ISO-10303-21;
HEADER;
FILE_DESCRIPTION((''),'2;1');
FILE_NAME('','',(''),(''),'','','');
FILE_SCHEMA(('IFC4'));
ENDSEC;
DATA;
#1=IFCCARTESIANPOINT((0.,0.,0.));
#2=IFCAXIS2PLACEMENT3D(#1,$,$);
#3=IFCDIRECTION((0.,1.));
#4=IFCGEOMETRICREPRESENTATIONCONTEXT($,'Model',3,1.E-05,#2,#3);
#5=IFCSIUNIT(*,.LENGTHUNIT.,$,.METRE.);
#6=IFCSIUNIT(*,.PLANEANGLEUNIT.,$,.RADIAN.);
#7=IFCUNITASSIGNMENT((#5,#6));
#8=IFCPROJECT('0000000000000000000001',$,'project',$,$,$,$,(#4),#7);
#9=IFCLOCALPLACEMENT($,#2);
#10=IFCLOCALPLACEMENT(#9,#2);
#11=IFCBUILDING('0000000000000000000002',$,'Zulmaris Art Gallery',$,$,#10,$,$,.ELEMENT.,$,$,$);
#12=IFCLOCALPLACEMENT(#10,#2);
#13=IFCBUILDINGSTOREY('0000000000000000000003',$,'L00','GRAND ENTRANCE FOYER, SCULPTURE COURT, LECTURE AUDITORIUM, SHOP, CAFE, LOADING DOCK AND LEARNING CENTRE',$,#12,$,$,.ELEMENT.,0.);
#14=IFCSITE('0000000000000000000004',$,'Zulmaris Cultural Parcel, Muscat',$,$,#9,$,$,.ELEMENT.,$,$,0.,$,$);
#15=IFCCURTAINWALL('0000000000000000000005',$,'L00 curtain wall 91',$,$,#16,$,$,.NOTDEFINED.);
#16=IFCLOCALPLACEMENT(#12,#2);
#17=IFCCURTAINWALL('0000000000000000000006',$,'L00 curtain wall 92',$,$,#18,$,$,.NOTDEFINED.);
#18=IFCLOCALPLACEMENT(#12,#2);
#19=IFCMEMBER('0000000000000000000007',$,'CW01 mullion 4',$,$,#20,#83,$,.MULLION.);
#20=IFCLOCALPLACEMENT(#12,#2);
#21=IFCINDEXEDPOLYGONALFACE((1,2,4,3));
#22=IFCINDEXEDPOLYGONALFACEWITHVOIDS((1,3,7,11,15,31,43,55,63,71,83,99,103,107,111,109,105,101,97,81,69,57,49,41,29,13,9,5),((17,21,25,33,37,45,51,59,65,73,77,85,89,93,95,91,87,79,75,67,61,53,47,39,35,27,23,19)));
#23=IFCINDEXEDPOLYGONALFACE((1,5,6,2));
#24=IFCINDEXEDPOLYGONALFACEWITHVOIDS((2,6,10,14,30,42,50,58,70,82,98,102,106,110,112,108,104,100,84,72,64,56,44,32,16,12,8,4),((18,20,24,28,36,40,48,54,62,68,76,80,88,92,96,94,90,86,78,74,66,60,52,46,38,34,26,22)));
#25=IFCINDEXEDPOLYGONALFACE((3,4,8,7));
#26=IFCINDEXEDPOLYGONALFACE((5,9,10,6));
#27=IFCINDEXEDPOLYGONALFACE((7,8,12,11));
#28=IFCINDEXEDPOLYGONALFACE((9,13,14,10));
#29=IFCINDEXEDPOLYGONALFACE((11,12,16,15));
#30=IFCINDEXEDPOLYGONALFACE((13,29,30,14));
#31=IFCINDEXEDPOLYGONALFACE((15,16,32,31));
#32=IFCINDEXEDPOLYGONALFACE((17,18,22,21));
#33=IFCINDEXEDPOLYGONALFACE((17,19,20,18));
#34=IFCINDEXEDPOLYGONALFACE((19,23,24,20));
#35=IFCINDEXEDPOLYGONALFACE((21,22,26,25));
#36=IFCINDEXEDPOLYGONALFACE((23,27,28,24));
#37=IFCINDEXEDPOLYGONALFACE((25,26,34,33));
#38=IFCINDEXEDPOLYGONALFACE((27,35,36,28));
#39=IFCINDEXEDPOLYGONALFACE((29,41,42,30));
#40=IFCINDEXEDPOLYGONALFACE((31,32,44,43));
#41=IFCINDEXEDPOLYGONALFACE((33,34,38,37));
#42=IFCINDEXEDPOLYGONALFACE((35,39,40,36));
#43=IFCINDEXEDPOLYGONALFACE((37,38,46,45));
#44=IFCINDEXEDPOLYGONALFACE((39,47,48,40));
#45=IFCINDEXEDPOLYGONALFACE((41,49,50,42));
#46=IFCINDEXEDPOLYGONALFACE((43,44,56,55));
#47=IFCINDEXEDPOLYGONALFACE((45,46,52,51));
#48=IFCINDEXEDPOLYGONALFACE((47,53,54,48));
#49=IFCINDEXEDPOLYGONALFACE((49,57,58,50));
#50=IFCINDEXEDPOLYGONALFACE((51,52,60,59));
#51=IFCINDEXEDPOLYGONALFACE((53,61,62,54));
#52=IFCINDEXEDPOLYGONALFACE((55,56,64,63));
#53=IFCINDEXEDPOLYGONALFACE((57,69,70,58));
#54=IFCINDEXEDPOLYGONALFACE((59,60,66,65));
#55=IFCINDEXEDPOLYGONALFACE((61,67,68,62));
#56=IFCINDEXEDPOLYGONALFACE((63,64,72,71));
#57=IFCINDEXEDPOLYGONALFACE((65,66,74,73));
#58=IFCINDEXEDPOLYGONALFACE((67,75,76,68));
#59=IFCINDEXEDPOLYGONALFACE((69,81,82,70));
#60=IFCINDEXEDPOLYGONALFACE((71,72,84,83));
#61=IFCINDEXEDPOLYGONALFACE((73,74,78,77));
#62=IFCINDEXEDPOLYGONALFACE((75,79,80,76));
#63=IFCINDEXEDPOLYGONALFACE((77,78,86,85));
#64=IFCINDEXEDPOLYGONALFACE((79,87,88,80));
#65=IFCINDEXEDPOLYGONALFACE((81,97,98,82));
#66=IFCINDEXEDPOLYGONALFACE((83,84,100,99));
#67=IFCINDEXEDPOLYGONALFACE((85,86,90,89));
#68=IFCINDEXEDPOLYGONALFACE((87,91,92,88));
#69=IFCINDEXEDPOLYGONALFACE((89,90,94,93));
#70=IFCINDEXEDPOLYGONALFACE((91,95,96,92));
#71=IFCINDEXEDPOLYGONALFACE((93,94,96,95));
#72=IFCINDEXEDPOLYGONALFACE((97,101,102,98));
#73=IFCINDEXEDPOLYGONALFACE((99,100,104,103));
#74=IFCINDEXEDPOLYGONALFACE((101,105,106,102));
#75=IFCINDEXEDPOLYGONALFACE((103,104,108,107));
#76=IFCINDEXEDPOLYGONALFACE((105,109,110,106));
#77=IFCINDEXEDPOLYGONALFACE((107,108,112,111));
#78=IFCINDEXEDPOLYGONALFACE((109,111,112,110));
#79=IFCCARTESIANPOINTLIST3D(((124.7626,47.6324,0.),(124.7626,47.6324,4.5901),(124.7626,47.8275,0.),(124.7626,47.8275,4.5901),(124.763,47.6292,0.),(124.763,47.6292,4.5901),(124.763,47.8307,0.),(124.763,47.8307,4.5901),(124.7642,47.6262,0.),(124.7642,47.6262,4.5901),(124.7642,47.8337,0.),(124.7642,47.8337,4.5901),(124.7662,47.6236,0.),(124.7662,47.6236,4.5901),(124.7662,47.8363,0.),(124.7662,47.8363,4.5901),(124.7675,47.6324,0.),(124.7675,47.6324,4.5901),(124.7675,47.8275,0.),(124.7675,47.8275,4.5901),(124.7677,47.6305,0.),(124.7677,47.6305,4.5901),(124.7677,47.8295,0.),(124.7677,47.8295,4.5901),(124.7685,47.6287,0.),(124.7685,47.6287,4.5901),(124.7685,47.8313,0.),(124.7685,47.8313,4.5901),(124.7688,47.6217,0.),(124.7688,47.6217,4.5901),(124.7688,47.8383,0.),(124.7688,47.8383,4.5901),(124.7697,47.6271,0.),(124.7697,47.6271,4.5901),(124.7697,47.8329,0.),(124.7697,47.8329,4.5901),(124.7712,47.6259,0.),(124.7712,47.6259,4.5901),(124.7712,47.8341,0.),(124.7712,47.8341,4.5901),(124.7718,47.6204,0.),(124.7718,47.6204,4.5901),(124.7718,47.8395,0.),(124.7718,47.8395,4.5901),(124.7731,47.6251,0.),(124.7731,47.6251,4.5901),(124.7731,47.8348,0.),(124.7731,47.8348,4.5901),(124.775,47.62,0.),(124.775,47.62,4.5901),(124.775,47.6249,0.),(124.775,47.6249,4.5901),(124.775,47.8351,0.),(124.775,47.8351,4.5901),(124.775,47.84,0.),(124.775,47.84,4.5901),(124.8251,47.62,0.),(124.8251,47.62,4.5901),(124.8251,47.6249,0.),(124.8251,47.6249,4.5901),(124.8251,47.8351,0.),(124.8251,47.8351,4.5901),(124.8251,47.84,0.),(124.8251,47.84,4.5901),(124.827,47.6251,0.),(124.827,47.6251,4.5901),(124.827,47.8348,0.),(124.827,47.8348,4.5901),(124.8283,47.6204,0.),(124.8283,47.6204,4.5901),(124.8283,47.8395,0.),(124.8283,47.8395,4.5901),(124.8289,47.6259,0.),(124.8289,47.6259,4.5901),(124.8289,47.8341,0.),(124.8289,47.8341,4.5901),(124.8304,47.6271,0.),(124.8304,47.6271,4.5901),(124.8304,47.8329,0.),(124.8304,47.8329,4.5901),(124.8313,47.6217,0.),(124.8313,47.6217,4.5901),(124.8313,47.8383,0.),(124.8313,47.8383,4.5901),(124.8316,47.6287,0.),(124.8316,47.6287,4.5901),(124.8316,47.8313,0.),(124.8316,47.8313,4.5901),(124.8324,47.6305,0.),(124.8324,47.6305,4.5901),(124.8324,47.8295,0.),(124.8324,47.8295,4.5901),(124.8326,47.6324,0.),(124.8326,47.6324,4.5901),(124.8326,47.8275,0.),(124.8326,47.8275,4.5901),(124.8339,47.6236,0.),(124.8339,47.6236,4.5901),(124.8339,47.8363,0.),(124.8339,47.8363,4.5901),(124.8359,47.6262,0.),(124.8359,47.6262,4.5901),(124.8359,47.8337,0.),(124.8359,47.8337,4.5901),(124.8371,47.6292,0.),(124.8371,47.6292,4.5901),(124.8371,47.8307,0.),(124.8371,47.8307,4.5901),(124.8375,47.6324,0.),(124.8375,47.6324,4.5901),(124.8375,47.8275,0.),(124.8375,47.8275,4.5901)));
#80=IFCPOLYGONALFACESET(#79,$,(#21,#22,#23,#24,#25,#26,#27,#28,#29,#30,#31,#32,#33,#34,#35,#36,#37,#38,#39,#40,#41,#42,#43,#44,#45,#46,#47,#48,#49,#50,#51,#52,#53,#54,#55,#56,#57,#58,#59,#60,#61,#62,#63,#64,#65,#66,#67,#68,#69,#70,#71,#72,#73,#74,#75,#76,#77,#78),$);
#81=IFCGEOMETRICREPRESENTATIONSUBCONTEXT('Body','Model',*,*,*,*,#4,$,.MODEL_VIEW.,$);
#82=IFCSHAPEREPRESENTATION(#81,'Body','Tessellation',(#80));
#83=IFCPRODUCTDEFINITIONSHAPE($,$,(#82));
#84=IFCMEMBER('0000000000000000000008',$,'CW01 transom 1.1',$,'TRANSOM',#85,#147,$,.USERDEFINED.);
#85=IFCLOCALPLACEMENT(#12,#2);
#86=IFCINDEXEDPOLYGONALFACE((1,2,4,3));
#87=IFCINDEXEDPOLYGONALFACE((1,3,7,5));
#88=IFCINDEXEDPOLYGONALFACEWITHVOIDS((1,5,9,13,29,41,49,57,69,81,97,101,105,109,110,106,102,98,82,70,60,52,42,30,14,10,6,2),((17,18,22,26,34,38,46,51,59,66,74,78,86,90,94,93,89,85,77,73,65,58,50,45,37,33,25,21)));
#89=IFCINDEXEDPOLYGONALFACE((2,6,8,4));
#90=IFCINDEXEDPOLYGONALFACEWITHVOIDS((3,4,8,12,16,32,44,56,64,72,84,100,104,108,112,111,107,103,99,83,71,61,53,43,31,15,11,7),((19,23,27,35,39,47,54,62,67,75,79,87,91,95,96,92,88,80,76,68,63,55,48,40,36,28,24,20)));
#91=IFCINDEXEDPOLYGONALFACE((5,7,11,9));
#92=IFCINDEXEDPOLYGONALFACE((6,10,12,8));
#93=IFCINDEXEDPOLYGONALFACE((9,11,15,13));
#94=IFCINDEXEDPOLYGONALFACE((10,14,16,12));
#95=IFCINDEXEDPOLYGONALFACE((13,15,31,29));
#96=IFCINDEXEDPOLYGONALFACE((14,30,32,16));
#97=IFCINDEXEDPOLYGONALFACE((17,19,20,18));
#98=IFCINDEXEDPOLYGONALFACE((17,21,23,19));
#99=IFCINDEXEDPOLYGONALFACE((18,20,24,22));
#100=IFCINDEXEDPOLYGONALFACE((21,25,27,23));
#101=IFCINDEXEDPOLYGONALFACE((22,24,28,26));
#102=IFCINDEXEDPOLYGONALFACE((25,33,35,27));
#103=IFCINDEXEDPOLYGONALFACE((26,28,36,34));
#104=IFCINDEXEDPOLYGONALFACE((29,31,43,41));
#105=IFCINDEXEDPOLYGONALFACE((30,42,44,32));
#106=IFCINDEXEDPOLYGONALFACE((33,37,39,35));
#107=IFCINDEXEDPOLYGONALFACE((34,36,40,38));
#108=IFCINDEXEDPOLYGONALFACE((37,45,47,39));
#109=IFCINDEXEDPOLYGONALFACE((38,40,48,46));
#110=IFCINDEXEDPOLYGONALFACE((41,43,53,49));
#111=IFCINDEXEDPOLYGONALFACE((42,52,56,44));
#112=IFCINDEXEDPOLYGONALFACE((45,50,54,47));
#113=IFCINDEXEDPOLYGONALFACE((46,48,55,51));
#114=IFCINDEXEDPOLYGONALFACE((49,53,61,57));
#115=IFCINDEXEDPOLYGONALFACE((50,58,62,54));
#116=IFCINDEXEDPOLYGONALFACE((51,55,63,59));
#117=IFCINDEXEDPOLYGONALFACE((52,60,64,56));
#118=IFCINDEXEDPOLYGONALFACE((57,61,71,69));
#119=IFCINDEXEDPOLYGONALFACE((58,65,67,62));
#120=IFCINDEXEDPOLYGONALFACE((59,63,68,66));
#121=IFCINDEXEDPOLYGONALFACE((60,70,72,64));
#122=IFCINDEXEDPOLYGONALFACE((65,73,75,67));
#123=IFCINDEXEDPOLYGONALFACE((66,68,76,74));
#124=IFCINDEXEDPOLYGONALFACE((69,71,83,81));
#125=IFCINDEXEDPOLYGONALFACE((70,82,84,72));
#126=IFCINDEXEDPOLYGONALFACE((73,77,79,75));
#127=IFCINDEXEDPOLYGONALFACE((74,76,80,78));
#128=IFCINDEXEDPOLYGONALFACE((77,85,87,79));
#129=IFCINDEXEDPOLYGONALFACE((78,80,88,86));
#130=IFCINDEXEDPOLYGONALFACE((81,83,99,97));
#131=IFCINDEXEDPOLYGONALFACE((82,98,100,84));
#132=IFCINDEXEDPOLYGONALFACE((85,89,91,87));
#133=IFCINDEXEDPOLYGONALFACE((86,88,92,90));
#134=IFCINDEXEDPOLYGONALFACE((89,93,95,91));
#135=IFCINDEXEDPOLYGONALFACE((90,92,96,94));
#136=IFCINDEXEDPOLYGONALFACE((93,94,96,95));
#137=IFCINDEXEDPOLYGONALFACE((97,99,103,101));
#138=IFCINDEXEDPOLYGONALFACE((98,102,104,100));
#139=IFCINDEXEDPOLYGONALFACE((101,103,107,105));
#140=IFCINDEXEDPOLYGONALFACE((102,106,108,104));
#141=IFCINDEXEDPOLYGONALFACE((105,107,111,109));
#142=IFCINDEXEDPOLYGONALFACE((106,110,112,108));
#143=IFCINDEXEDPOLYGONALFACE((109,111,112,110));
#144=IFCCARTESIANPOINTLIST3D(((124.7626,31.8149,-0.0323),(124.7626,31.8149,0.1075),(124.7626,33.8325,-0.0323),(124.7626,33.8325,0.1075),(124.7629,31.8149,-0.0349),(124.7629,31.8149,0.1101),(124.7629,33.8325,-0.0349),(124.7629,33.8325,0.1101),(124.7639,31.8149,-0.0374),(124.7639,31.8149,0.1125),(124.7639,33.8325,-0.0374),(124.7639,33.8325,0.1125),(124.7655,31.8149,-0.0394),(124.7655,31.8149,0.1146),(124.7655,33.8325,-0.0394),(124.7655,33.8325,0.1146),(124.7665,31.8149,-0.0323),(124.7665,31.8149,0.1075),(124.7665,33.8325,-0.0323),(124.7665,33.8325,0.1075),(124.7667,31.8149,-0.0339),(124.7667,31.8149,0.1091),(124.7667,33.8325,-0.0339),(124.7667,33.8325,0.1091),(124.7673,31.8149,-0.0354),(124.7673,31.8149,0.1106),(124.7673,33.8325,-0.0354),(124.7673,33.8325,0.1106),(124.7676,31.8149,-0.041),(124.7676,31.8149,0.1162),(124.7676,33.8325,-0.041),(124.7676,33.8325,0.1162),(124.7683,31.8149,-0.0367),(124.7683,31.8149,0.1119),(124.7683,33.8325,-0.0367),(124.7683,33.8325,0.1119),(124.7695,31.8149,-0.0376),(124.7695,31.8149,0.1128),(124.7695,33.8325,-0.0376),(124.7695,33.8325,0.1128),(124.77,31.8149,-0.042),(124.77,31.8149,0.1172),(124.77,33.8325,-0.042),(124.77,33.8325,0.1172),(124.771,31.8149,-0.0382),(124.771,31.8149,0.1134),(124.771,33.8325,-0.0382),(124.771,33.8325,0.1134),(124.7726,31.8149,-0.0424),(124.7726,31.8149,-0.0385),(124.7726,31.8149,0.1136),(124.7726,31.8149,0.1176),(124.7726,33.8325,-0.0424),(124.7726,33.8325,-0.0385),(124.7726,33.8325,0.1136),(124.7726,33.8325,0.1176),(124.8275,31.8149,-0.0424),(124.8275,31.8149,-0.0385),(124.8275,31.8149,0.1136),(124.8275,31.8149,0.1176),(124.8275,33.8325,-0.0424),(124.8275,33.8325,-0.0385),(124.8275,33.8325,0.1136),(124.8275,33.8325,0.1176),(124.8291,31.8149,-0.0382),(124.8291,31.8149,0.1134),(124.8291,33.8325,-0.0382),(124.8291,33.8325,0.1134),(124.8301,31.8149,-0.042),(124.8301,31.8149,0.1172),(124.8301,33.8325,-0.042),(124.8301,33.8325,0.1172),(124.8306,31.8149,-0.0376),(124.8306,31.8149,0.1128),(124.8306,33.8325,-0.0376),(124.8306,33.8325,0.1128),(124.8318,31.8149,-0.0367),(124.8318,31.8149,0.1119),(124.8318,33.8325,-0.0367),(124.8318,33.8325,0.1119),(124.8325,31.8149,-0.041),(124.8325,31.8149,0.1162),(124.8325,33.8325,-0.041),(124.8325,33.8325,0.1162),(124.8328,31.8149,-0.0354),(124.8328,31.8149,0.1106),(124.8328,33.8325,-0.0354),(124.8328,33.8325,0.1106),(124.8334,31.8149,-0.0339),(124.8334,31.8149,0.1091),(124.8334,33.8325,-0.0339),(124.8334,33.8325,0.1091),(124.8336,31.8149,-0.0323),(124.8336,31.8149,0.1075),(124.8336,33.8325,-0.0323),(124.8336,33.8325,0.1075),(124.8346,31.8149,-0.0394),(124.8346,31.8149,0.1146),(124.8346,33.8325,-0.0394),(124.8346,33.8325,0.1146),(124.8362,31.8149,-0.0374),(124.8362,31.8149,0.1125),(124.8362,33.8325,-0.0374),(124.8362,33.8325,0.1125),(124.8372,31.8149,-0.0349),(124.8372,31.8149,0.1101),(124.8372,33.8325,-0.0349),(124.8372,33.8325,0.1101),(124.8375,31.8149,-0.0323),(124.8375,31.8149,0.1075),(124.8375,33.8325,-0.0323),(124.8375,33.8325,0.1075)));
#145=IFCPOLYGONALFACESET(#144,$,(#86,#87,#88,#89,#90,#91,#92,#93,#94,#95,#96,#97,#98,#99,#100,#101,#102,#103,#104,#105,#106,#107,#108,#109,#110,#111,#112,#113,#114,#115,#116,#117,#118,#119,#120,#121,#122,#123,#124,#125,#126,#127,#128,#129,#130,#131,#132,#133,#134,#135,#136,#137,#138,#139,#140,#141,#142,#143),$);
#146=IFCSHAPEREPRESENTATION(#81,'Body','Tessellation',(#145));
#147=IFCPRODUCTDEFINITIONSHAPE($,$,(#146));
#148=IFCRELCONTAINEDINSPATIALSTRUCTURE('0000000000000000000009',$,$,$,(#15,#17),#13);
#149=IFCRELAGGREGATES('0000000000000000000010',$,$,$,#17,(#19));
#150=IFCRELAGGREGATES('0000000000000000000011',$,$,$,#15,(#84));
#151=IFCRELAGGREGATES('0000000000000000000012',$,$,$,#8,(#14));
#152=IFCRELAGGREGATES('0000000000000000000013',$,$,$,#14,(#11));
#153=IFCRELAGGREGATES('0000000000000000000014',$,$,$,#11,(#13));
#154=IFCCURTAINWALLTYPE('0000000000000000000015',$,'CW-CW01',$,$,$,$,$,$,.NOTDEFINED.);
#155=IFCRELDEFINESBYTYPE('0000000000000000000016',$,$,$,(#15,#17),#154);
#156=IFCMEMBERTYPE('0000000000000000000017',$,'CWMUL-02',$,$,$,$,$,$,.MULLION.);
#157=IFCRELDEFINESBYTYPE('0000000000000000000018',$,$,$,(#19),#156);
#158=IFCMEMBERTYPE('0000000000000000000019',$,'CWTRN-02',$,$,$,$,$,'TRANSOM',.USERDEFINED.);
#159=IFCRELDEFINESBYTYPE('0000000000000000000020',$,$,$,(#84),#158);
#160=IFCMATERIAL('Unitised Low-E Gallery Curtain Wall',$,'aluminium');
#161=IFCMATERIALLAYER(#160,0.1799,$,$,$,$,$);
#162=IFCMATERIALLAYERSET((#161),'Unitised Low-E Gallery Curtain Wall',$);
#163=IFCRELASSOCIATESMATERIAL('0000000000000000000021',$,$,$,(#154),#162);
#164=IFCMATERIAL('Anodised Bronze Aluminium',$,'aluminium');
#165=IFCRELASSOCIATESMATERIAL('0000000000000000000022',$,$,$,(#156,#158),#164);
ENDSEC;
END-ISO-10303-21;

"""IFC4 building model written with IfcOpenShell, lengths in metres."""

from ifc_helpers import new_model, si_unit, direction, frame, origin, origin_2d, place, context, subcontext, project, spatial, hollow_rectangle, extrude, material, layer, layer_set, material_profile, profile_set, type_object, element, aggregate, save


model = new_model("IFC4")

# Units and contexts
model_context = context("Model", 3, precision=1e-05, world=origin(), true_north=direction((0.0, 1.0)))
body_context = subcontext(model_context, "Body", "Model", "MODEL_VIEW")
ifc_project = project(units=[si_unit("LENGTHUNIT", "METRE"), si_unit("PLANEANGLEUNIT", "RADIAN")], contexts=[model_context])

# Site, building, storey
site_placement = place(None, origin())
site = spatial("IfcSite", under=ifc_project, at=site_placement, Name="Zulmaris Cultural Parcel, Muscat", CompositionType="ELEMENT", RefElevation=0.0)
building_placement = place(site_placement, origin())
building = spatial("IfcBuilding", under=site, at=building_placement, Name="Zulmaris Art Gallery", CompositionType="ELEMENT")
storey_placement = place(building_placement, origin())
storey = spatial("IfcBuildingStorey", under=building, at=storey_placement, Name="L00", Description="GRAND ENTRANCE FOYER, SCULPTURE COURT, LECTURE AUDITORIUM, SHOP, CAFE, LOADING DOCK AND LEARNING CENTRE", CompositionType="ELEMENT", Elevation=0.0)

# Curtain walls, member
ifc_material_1 = material(Name="Unitised Low-E Gallery Curtain Wall", Category="aluminium")
ifc_layer_1 = layer(ifc_material_1, 0.1799)
ifc_layer_set_1 = layer_set([ifc_layer_1], Name="Unitised Low-E Gallery Curtain Wall")
curtain_wall_type = type_object("IfcCurtainWallType", Name="CW-CW01", PredefinedType="NOTDEFINED", material=ifc_layer_set_1)
curtain_wall_1_placement = place(storey_placement, origin())
curtain_wall_1 = element("IfcCurtainWall", 1, at=curtain_wall_1_placement, inside=storey, type_object=curtain_wall_type, Name="L00 curtain wall 91", PredefinedType="NOTDEFINED")
ifc_material_2 = material(Name="Anodised Bronze Aluminium", Category="aluminium")
ifc_material_profile_1 = material_profile(ifc_material_2, hollow_rectangle(XDim=0.075, YDim=0.22, WallThickness=0.0049, InnerFilletRadius=0.0076, OuterFilletRadius=0.0125, at=origin_2d()), Name="ALU 75x220x5")
ifc_profile_set_1 = profile_set([ifc_material_profile_1], Name="Anodised Bronze Aluminium")
member_type_1 = type_object("IfcMemberType", Name="CWMUL-02", PredefinedType="MULLION", material=ifc_profile_set_1)
curtain_wall_2_placement = place(storey_placement, origin())
curtain_wall_2 = element("IfcCurtainWall", 2, at=curtain_wall_2_placement, inside=storey, type_object=curtain_wall_type, Name="L00 curtain wall 92", PredefinedType="NOTDEFINED")
member_1_placement = place(storey_placement, frame((124.8, 47.73, 0.0), z_axis=(0.0, 0.0, 1.0), x_axis=(-1.0, 0.0, 0.0)))
member_1 = element("IfcMember", 3, at=member_1_placement, type_object=member_type_1, Name="CW01 mullion 4", PredefinedType="MULLION", context=body_context, shape_type="SweptSolid", body=[
    extrude(hollow_rectangle(XDim=0.075, YDim=0.22, WallThickness=0.0049, InnerFilletRadius=0.0076, OuterFilletRadius=0.0125, at=origin_2d()), origin(), (0.0, 0.0, 1.0), 4.5901),
])
aggregate(curtain_wall_2, [member_1])

# Member
ifc_material_profile_2 = material_profile(ifc_material_2, hollow_rectangle(XDim=0.075, YDim=0.1599, WallThickness=0.0039, InnerFilletRadius=0.0061, OuterFilletRadius=0.01, at=origin_2d()), Name="ALU 75x160x4")
ifc_profile_set_2 = profile_set([ifc_material_profile_2], Name="Anodised Bronze Aluminium")
member_type_2 = type_object("IfcMemberType", Name="CWTRN-02", ElementType="TRANSOM", PredefinedType="USERDEFINED", material=ifc_profile_set_2)
member_2_placement = place(storey_placement, frame((124.8, 31.8149, 0.0376), z_axis=(0.0, 1.0, 0.0), x_axis=(-1.0, 0.0, 0.0)))
member_2 = element("IfcMember", 4, at=member_2_placement, type_object=member_type_2, Name="CW01 transom 1.1", ObjectType="TRANSOM", PredefinedType="USERDEFINED", context=body_context, shape_type="SweptSolid", body=[
    extrude(hollow_rectangle(XDim=0.075, YDim=0.1599, WallThickness=0.0039, InnerFilletRadius=0.0061, OuterFilletRadius=0.01, at=origin_2d()), origin(), (0.0, 0.0, 1.0), 2.0176),
])

aggregate(curtain_wall_1, [member_2])

save(model, "model.ifc")
